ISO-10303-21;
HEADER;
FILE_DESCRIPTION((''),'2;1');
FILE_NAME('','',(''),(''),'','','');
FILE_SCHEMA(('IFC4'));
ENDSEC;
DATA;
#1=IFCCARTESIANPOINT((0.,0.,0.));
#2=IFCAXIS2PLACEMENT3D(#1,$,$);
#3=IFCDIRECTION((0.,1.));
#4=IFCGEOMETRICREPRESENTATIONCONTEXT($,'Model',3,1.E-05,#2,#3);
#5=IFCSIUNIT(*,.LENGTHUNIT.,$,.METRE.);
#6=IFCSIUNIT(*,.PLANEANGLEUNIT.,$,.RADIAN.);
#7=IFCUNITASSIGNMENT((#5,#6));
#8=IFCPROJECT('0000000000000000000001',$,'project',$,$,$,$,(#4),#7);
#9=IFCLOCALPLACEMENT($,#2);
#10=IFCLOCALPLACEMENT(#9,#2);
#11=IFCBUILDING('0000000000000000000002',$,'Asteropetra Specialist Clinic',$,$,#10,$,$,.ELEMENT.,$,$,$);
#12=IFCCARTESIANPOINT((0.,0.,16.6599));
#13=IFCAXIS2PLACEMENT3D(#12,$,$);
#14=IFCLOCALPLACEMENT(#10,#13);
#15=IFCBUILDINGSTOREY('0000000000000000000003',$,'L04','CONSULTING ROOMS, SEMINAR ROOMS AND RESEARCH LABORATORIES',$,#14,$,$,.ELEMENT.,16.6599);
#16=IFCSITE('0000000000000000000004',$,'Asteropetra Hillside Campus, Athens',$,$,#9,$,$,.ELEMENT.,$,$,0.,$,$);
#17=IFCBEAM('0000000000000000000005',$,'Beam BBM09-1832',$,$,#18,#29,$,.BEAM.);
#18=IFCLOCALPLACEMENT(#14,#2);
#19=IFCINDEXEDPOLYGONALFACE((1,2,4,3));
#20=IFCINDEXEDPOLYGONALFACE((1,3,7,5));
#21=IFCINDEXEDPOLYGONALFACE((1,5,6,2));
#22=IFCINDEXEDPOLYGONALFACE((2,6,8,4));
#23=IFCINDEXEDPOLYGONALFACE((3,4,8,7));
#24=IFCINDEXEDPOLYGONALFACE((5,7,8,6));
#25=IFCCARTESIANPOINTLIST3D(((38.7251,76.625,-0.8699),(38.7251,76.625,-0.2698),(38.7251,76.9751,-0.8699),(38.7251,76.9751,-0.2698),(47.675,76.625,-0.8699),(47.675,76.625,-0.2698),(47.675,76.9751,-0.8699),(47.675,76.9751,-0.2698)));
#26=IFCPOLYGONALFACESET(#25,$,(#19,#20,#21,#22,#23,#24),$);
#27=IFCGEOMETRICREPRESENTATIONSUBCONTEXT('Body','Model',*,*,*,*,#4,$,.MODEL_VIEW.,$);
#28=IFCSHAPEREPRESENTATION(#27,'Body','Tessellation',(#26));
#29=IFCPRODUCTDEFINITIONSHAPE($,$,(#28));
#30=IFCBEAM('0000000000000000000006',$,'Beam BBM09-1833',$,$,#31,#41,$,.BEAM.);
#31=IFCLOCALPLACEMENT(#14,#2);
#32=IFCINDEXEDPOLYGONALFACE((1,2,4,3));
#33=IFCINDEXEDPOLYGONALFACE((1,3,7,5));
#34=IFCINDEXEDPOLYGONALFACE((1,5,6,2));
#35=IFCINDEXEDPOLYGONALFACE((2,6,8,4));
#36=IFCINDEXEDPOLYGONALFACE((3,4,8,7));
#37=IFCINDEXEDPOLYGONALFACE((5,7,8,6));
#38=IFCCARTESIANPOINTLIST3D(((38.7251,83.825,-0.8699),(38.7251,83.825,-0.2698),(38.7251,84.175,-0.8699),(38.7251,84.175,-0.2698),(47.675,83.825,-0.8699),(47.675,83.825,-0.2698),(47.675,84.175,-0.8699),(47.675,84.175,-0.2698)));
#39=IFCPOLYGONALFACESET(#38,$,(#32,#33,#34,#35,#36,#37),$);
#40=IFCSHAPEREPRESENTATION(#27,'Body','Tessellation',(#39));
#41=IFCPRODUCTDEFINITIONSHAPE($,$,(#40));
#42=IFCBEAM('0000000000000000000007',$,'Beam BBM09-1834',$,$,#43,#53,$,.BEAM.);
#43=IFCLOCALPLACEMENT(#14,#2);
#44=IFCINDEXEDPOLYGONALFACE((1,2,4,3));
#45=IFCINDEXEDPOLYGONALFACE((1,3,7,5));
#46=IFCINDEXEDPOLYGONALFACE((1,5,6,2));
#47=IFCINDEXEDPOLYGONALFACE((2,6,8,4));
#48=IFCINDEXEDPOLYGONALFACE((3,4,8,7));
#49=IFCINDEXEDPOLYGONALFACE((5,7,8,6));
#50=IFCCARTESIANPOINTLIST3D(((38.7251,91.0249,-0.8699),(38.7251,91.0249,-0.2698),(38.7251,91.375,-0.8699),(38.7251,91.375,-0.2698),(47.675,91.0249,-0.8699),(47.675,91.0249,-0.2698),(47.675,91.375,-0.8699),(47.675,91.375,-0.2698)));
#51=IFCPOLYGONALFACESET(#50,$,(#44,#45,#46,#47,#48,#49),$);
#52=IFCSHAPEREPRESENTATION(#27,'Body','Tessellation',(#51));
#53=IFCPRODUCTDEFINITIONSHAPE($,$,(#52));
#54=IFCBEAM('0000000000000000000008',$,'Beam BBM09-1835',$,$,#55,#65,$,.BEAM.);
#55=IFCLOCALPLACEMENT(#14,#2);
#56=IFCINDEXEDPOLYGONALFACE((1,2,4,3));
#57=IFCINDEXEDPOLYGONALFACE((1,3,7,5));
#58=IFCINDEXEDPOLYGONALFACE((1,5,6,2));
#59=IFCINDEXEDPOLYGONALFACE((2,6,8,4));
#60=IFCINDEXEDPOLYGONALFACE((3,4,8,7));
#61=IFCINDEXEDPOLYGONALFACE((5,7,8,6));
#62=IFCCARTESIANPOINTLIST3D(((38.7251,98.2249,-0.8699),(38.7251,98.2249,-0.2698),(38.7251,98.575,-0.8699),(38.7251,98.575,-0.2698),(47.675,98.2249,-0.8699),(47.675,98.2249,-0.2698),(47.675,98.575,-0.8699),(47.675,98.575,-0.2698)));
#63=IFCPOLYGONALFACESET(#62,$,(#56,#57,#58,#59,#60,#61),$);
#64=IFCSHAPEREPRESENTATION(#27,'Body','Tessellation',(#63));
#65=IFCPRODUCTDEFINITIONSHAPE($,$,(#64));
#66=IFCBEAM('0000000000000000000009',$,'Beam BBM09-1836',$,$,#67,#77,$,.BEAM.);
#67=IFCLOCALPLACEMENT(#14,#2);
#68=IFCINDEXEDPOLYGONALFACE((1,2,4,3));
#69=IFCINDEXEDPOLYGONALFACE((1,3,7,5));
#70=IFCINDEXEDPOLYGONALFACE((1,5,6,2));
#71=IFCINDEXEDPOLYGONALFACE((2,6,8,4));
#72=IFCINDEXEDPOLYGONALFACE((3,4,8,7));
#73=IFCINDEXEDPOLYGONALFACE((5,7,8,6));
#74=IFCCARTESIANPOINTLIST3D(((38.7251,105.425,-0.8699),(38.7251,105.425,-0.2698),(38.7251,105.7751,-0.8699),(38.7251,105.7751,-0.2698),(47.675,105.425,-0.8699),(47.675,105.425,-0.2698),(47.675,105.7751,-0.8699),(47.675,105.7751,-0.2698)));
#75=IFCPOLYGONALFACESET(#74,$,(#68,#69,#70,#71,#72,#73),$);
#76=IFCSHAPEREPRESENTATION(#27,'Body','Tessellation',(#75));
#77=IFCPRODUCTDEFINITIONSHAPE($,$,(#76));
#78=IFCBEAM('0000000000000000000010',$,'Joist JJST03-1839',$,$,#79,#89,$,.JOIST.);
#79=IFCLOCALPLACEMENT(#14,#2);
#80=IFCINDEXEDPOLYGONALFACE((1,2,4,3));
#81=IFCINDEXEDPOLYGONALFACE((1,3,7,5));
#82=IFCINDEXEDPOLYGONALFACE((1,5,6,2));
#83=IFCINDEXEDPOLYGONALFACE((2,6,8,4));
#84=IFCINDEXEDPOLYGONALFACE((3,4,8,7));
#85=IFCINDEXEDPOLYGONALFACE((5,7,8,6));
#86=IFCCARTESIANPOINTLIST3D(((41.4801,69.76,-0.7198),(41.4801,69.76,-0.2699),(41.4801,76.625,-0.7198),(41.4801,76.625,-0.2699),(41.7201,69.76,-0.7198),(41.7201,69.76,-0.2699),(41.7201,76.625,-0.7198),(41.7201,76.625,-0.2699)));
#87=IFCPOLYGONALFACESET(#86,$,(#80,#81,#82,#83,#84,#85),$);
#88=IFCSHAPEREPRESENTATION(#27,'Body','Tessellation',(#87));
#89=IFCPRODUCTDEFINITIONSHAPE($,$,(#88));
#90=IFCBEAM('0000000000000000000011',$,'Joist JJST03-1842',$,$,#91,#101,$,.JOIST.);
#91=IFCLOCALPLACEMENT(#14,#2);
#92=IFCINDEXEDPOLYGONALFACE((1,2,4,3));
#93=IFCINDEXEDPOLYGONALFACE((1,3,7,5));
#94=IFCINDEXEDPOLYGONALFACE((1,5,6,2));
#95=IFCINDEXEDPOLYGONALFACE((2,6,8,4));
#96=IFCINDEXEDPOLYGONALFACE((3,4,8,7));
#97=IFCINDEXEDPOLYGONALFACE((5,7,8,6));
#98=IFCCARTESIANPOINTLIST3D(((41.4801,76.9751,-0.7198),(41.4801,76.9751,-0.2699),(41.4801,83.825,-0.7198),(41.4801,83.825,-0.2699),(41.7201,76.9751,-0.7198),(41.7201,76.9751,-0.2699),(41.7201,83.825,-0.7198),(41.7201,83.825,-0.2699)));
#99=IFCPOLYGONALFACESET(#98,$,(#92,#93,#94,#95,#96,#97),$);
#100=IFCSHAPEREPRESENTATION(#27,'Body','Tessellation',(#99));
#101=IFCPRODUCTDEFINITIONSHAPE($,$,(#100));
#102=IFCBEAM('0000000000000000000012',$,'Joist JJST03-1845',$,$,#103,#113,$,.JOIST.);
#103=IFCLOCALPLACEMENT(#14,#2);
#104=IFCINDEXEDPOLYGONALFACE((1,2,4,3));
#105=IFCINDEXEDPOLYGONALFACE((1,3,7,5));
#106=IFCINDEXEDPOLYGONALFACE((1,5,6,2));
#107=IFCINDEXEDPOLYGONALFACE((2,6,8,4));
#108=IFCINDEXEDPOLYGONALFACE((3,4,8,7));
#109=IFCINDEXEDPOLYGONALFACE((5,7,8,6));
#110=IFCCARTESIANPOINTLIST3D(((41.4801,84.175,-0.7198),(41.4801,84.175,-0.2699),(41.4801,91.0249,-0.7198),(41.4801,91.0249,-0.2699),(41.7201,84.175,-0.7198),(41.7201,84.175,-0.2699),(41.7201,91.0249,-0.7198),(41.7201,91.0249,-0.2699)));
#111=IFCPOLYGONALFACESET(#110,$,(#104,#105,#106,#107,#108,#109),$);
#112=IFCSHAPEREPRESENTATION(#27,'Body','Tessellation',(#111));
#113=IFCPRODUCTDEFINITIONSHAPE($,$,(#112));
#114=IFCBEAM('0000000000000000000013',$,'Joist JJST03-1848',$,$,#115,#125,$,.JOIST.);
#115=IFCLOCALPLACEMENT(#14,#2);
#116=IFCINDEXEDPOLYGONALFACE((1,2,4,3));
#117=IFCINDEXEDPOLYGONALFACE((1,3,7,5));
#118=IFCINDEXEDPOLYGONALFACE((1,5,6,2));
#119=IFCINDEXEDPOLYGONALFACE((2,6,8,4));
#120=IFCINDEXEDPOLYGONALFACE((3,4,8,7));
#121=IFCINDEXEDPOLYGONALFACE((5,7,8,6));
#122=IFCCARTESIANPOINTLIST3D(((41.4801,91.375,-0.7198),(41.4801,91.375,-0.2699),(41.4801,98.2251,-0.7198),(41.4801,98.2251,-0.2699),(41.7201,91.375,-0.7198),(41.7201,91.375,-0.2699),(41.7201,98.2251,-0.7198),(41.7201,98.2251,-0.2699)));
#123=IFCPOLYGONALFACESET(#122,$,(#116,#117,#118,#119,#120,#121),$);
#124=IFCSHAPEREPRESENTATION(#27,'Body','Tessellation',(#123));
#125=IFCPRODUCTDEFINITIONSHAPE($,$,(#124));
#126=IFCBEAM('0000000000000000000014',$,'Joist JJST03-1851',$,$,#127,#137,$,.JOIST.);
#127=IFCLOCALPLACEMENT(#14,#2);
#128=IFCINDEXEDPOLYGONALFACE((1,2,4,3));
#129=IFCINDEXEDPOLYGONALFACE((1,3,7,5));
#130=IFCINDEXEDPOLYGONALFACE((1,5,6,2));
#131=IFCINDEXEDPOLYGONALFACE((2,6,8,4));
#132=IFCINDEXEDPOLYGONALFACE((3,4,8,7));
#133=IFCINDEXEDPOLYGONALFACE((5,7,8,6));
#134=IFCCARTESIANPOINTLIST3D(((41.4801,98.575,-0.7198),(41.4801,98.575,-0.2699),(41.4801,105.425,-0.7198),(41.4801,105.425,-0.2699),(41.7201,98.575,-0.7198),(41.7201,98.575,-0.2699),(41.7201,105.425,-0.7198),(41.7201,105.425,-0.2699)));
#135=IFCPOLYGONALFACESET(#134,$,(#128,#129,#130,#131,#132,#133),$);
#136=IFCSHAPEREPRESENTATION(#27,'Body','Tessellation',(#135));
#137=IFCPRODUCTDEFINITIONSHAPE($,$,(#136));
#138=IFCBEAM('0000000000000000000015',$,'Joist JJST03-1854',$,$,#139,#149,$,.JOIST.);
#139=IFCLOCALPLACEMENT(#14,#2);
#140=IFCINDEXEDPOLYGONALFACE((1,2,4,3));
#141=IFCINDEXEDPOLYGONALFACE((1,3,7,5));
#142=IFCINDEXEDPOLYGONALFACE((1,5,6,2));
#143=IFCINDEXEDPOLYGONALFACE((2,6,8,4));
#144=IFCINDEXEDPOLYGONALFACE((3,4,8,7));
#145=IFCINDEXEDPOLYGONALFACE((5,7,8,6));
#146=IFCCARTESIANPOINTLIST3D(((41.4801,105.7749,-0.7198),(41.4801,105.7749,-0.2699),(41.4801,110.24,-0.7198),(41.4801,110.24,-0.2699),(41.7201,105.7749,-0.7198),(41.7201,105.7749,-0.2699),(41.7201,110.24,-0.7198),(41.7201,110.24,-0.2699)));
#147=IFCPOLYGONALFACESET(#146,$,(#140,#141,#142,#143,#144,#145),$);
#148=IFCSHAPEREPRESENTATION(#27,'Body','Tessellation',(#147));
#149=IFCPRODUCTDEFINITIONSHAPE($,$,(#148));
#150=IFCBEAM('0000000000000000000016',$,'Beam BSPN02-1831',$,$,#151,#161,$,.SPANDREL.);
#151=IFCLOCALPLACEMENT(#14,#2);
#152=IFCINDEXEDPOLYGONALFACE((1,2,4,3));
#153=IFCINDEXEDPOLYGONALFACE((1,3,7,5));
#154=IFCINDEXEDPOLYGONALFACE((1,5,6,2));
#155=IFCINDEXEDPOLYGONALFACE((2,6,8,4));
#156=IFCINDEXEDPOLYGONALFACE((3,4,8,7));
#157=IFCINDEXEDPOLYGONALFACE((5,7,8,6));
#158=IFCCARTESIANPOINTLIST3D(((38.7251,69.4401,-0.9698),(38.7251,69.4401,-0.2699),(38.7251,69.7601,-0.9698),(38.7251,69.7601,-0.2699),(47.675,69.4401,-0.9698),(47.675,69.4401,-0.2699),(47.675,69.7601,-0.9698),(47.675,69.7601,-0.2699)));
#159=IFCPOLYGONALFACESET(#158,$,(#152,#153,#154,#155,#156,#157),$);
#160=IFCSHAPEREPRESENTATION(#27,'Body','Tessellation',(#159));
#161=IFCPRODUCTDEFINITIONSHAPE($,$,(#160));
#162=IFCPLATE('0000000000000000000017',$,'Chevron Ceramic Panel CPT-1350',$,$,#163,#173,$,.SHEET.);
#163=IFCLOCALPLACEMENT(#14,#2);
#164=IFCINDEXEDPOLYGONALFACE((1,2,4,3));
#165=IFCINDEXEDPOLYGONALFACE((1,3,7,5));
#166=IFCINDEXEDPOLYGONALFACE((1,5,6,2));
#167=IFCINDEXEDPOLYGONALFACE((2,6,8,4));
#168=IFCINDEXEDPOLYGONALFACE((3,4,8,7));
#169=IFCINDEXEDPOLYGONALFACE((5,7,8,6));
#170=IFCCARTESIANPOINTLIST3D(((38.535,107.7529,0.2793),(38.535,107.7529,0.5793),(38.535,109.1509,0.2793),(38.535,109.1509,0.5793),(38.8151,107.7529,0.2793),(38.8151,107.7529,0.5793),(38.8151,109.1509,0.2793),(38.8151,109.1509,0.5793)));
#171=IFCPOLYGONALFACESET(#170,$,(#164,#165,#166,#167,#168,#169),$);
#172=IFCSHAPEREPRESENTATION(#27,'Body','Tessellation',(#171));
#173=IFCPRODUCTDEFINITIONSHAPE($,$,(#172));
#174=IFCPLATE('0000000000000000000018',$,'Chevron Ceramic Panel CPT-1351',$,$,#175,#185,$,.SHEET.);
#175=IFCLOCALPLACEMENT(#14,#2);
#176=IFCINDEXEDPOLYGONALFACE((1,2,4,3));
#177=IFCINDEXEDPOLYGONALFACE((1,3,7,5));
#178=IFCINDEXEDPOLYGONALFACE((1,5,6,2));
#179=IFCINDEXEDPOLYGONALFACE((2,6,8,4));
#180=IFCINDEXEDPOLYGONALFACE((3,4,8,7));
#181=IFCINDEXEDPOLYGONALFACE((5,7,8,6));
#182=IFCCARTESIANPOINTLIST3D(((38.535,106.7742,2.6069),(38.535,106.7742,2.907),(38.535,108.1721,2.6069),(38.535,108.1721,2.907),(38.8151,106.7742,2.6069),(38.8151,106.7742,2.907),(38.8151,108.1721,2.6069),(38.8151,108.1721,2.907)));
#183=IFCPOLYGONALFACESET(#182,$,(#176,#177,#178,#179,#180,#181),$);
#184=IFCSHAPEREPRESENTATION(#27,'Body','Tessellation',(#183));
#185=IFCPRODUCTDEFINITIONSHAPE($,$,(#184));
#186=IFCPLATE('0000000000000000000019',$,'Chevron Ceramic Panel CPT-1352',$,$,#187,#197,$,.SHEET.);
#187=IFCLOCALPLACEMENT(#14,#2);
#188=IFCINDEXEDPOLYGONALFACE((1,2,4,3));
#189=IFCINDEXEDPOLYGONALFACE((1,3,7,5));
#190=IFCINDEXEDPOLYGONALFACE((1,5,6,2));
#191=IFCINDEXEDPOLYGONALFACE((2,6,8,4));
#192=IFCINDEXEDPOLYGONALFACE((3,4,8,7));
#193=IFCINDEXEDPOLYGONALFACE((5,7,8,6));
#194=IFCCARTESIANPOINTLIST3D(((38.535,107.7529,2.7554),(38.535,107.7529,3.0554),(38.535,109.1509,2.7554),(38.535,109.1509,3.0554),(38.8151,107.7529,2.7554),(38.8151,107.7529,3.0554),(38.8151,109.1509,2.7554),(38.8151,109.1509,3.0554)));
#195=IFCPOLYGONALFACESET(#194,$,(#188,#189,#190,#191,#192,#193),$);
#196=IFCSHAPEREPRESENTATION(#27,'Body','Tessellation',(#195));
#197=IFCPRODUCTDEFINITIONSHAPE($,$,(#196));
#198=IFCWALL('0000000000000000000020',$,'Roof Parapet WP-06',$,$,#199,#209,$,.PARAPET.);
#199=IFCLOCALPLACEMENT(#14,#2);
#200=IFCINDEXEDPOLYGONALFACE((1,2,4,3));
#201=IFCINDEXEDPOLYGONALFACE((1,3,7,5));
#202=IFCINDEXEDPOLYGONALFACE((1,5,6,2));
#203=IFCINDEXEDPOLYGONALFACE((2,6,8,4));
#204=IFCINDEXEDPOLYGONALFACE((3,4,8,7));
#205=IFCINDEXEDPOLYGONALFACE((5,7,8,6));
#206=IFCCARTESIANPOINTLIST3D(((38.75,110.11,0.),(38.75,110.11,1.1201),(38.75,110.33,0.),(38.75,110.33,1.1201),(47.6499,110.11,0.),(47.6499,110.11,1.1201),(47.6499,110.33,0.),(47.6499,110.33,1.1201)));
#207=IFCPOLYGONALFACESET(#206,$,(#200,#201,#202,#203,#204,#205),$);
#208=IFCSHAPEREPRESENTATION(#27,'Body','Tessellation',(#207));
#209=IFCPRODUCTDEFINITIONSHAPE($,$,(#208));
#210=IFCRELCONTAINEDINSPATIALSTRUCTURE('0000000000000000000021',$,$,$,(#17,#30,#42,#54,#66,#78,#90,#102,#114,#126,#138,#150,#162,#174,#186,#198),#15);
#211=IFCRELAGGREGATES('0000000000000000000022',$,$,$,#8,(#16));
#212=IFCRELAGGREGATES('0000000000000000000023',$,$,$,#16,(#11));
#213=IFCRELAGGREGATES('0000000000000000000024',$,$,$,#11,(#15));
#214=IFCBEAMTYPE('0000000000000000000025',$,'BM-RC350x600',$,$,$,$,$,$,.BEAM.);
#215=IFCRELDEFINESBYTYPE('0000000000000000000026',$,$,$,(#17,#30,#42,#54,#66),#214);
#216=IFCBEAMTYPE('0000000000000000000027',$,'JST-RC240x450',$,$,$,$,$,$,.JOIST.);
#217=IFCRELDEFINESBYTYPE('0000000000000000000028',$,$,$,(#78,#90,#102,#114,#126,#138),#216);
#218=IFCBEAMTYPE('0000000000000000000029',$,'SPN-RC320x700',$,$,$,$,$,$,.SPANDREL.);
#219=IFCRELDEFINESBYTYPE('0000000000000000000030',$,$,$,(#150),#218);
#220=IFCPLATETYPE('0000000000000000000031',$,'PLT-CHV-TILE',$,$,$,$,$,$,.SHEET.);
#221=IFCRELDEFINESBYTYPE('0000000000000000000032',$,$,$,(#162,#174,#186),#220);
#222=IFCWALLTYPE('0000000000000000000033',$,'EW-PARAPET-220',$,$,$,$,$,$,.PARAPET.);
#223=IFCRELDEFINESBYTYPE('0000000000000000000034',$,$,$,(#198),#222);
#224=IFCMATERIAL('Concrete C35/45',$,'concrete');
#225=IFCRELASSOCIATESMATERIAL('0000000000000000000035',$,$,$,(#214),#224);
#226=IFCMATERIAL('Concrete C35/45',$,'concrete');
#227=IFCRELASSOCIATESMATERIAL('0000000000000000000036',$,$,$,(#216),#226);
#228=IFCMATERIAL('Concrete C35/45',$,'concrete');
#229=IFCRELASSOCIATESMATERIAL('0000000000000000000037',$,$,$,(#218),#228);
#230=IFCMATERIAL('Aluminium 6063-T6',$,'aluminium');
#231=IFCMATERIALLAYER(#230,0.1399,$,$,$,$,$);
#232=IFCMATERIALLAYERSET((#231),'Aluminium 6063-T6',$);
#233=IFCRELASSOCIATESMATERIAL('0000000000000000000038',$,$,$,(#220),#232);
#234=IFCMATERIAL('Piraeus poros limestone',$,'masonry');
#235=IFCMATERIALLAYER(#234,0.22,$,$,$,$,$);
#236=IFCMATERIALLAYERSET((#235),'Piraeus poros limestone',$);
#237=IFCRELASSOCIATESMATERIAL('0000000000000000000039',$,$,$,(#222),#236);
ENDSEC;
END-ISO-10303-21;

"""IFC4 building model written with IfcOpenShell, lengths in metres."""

from ifc_helpers import new_model, si_unit, direction, frame, frame_2d, origin, origin_2d, place, context, subcontext, project, spatial, rectangle, extrude, material, layer, layer_set, material_profile, profile_set, type_object, element, save


model = new_model("IFC4")

# Units and contexts
model_context = context("Model", 3, precision=1e-05, world=origin(), true_north=direction((0.0, 1.0)))
body_context = subcontext(model_context, "Body", "Model", "MODEL_VIEW")
ifc_project = project(units=[si_unit("LENGTHUNIT", "METRE"), si_unit("PLANEANGLEUNIT", "RADIAN")], contexts=[model_context])

# Site, building, storey
site_placement = place(None, origin())
site = spatial("IfcSite", under=ifc_project, at=site_placement, Name="Asteropetra Hillside Campus, Athens", CompositionType="ELEMENT", RefElevation=0.0)
building_placement = place(site_placement, origin())
building = spatial("IfcBuilding", under=site, at=building_placement, Name="Asteropetra Specialist Clinic", CompositionType="ELEMENT")
storey_placement = place(building_placement, frame((0.0, 0.0, 16.6599)))
storey = spatial("IfcBuildingStorey", under=building, at=storey_placement, Name="L04", Description="CONSULTING ROOMS, SEMINAR ROOMS AND RESEARCH LABORATORIES", CompositionType="ELEMENT", Elevation=16.6599)

# Beams
ifc_material_1 = material(Name="Concrete C35/45", Category="concrete")
ifc_material_profile_1 = material_profile(ifc_material_1, rectangle(XDim=0.3501, YDim=0.6001, at=origin_2d()), Name="RCB 350x600")
ifc_profile_set_1 = profile_set([ifc_material_profile_1], Name="Concrete C35/45")
beam_type_1 = type_object("IfcBeamType", Name="BM-RC350x600", PredefinedType="BEAM", material=ifc_profile_set_1)
for number, where, z_axis, x_axis, name in (
    (1, (38.7251, 76.8, -0.5698), (1.0, 0.0, 0.0), (0.0, 1.0, 0.0), "Beam BBM09-1832"),
    (2, (38.7251, 84.0, -0.5698), (1.0, 0.0, 0.0), (0.0, 1.0, 0.0), "Beam BBM09-1833"),
    (3, (38.7251, 91.2, -0.5698), (1.0, 0.0, 0.0), (0.0, 1.0, 0.0), "Beam BBM09-1834"),
    (4, (38.7251, 98.3999, -0.5698), (1.0, 0.0, 0.0), (0.0, 1.0, 0.0), "Beam BBM09-1835"),
    (5, (38.7251, 105.6001, -0.5698), (1.0, 0.0, 0.0), (0.0, 1.0, 0.0), "Beam BBM09-1836"),
):
    element("IfcBeam", number, at=place(storey_placement, frame(where, z_axis=z_axis, x_axis=x_axis)), inside=storey, type_object=beam_type_1, Name=name, PredefinedType="BEAM", context=body_context, shape_type="SweptSolid", body=[
        extrude(rectangle(XDim=0.3501, YDim=0.6001, at=origin_2d()), origin(), (0.0, 0.0, 1.0), 8.95),
    ])
ifc_material_2 = material(Name="Concrete C35/45", Category="concrete")
ifc_material_profile_2 = material_profile(ifc_material_2, rectangle(XDim=0.24, YDim=0.45, at=origin_2d()), Name="RCJ 240x450")
ifc_profile_set_2 = profile_set([ifc_material_profile_2], Name="Concrete C35/45")
beam_type_2 = type_object("IfcBeamType", Name="JST-RC240x450", PredefinedType="JOIST", material=ifc_profile_set_2)
beam_1_placement = place(storey_placement, frame((41.6001, 69.76, -0.4949), z_axis=(0.0, 1.0, 0.0), x_axis=(-1.0, 0.0, 0.0)))
element("IfcBeam", 6, at=beam_1_placement, inside=storey, type_object=beam_type_2, Name="Joist JJST03-1839", PredefinedType="JOIST", context=body_context, shape_type="SweptSolid", body=[
    extrude(rectangle(XDim=0.24, YDim=0.45, at=origin_2d()), origin(), (0.0, 0.0, 1.0), 6.865),
])
for number, where, z_axis, x_axis, name in (
    (7, (41.6001, 76.9751, -0.4949), (0.0, 1.0, 0.0), (-1.0, 0.0, 0.0), "Joist JJST03-1842"),
    (8, (41.6001, 84.175, -0.4949), (0.0, 1.0, 0.0), (-1.0, 0.0, 0.0), "Joist JJST03-1845"),
):
    element("IfcBeam", number, at=place(storey_placement, frame(where, z_axis=z_axis, x_axis=x_axis)), inside=storey, type_object=beam_type_2, Name=name, PredefinedType="JOIST", context=body_context, shape_type="SweptSolid", body=[
        extrude(rectangle(XDim=0.24, YDim=0.45, at=origin_2d()), origin(), (0.0, 0.0, 1.0), 6.8499),
    ])
for number, where, z_axis, x_axis, name in (
    (9, (41.6001, 91.375, -0.4949), (0.0, 1.0, 0.0), (-1.0, 0.0, 0.0), "Joist JJST03-1848"),
    (10, (41.6001, 98.575, -0.4949), (0.0, 1.0, 0.0), (-1.0, 0.0, 0.0), "Joist JJST03-1851"),
):
    element("IfcBeam", number, at=place(storey_placement, frame(where, z_axis=z_axis, x_axis=x_axis)), inside=storey, type_object=beam_type_2, Name=name, PredefinedType="JOIST", context=body_context, shape_type="SweptSolid", body=[
        extrude(rectangle(XDim=0.24, YDim=0.45, at=origin_2d()), origin(), (0.0, 0.0, 1.0), 6.8501),
    ])
beam_2_placement = place(storey_placement, frame((41.6001, 105.7749, -0.4949), z_axis=(0.0, 1.0, 0.0), x_axis=(-1.0, 0.0, 0.0)))
element("IfcBeam", 11, at=beam_2_placement, inside=storey, type_object=beam_type_2, Name="Joist JJST03-1854", PredefinedType="JOIST", context=body_context, shape_type="SweptSolid", body=[
    extrude(rectangle(XDim=0.24, YDim=0.45, at=origin_2d()), origin(), (0.0, 0.0, 1.0), 4.4651),
])
ifc_material_3 = material(Name="Concrete C35/45", Category="concrete")
ifc_material_profile_3 = material_profile(ifc_material_3, rectangle(XDim=0.3201, YDim=0.7, at=origin_2d()), Name="RCS 320x700")
ifc_profile_set_3 = profile_set([ifc_material_profile_3], Name="Concrete C35/45")
beam_type_3 = type_object("IfcBeamType", Name="SPN-RC320x700", PredefinedType="SPANDREL", material=ifc_profile_set_3)
beam_3_placement = place(storey_placement, frame((38.7251, 69.6001, -0.6199), z_axis=(1.0, 0.0, 0.0), x_axis=(0.0, 1.0, 0.0)))
element("IfcBeam", 12, at=beam_3_placement, inside=storey, type_object=beam_type_3, Name="Beam BSPN02-1831", PredefinedType="SPANDREL", context=body_context, shape_type="SweptSolid", body=[
    extrude(rectangle(XDim=0.3201, YDim=0.7, at=origin_2d()), origin(), (0.0, 0.0, 1.0), 8.95),
])

# Plates
ifc_material_4 = material(Name="Aluminium 6063-T6", Category="aluminium")
ifc_layer_1 = layer(ifc_material_4, 0.1399)
ifc_layer_set_1 = layer_set([ifc_layer_1], Name="Aluminium 6063-T6")
plate_type = type_object("IfcPlateType", Name="PLT-CHV-TILE", PredefinedType="SHEET", material=ifc_layer_set_1)
for number, where, z_axis, x_axis, name in (
    (13, (38.675, 108.4519, 0.2793), (0.0, 0.0, 1.0), (1.0, 0.0, 0.0), "Chevron Ceramic Panel CPT-1350"),
    (14, (38.675, 107.4731, 2.6069), (0.0, 0.0, 1.0), (1.0, 0.0, 0.0), "Chevron Ceramic Panel CPT-1351"),
    (15, (38.675, 108.4519, 2.7554), (0.0, 0.0, 1.0), (1.0, 0.0, 0.0), "Chevron Ceramic Panel CPT-1352"),
):
    element("IfcPlate", number, at=place(storey_placement, frame(where, z_axis=z_axis, x_axis=x_axis)), inside=storey, type_object=plate_type, Name=name, PredefinedType="SHEET", context=body_context, shape_type="SweptSolid", body=[
        extrude(rectangle(XDim=0.28, YDim=1.3979, at=origin_2d()), origin(), (0.0, 0.0, 1.0), 0.3),
    ])

# Wall
ifc_material_5 = material(Name="Piraeus poros limestone", Category="masonry")
ifc_layer_2 = layer(ifc_material_5, 0.22)
ifc_layer_set_2 = layer_set([ifc_layer_2], Name="Piraeus poros limestone")
wall_type = type_object("IfcWallType", Name="EW-PARAPET-220", PredefinedType="PARAPET", material=ifc_layer_set_2)
for number, where, z_axis, x_axis, name in (
    (16, (38.75, 110.22, 0.0), (0.0, 0.0, 1.0), (1.0, 0.0, 0.0), "Roof Parapet WP-06"),
):
    element("IfcWall", number, at=place(storey_placement, frame(where, z_axis=z_axis, x_axis=x_axis)), inside=storey, type_object=wall_type, Name=name, PredefinedType="PARAPET", context=body_context, shape_type="SweptSolid", body=[
        extrude(rectangle(XDim=8.8999, YDim=0.22, at=frame_2d((4.45, 0.0))), origin(), (0.0, 0.0, 1.0), 1.1201),
    ])

save(model, "model.ifc")
